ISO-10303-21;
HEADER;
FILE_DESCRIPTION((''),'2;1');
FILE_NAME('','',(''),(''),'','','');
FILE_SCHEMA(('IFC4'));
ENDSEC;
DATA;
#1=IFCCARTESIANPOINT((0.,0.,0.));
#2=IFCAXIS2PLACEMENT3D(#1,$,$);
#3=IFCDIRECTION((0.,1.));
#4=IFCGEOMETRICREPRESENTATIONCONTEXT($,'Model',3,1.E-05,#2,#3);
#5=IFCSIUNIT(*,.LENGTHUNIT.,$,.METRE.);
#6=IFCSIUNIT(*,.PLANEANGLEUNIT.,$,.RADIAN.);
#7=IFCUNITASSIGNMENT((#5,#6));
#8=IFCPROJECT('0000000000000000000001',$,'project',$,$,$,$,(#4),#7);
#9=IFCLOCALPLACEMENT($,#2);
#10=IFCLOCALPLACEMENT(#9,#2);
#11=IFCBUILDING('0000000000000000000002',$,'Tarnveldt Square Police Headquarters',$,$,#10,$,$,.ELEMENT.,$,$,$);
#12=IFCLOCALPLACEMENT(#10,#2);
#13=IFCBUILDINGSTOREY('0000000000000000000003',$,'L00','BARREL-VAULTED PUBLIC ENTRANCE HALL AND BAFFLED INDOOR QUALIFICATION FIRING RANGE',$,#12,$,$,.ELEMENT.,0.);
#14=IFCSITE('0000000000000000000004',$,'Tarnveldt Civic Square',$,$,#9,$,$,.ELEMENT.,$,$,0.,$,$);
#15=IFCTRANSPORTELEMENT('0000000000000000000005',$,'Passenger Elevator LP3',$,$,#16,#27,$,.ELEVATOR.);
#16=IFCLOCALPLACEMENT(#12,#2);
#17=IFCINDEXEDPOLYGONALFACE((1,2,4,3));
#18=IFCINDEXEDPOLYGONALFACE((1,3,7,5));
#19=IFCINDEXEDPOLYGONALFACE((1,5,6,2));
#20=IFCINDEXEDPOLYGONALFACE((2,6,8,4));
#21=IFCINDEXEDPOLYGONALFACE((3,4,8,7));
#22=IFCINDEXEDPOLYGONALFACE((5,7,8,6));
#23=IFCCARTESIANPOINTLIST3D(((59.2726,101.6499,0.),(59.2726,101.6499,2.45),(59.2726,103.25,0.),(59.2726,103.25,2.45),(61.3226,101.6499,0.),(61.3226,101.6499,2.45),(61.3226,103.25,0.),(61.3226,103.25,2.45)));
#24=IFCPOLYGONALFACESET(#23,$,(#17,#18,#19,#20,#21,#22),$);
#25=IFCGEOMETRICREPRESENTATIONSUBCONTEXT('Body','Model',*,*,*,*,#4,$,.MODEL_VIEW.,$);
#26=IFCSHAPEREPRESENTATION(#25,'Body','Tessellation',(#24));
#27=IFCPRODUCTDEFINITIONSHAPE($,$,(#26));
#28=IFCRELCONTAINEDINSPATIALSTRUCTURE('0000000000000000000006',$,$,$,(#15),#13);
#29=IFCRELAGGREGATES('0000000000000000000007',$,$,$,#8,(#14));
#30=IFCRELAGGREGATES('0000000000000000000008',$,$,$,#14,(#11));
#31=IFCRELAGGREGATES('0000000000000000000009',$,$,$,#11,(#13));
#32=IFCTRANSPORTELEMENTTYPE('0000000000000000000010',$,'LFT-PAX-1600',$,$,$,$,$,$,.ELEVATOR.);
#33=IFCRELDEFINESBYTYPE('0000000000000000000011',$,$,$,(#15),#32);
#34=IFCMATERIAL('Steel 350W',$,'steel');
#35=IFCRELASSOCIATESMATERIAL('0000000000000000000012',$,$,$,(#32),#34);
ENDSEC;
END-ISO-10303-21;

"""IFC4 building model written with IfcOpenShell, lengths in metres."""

from ifc_helpers import new_model, si_unit, direction, frame, origin, origin_2d, place, context, subcontext, project, spatial, rectangle, extrude, material, type_object, element, save


model = new_model("IFC4")

# Units and contexts
model_context = context("Model", 3, precision=1e-05, world=origin(), true_north=direction((0.0, 1.0)))
body_context = subcontext(model_context, "Body", "Model", "MODEL_VIEW")
ifc_project = project(units=[si_unit("LENGTHUNIT", "METRE"), si_unit("PLANEANGLEUNIT", "RADIAN")], contexts=[model_context])

# Site, building, storey
site_placement = place(None, origin())
site = spatial("IfcSite", under=ifc_project, at=site_placement, Name="Tarnveldt Civic Square", CompositionType="ELEMENT", RefElevation=0.0)
building_placement = place(site_placement, origin())
building = spatial("IfcBuilding", under=site, at=building_placement, Name="Tarnveldt Square Police Headquarters", CompositionType="ELEMENT")
storey_placement = place(building_placement, origin())
storey = spatial("IfcBuildingStorey", under=building, at=storey_placement, Name="L00", Description="BARREL-VAULTED PUBLIC ENTRANCE HALL AND BAFFLED INDOOR QUALIFICATION FIRING RANGE", CompositionType="ELEMENT", Elevation=0.0)

# Shared definitions
ifc_material_1 = material(Name="Steel 350W", Category="steel")

# Transport element
transport_element_type_1 = type_object("IfcTransportElementType", Name="LFT-PAX-1600", PredefinedType="ELEVATOR", material=ifc_material_1)
transport_element_1_placement = place(storey_placement, frame((60.2976, 102.45, 0.0), z_axis=(0.0, 0.0, 1.0), x_axis=(1.0, 0.0, 0.0)))
element("IfcTransportElement", 1, at=transport_element_1_placement, inside=storey, type_object=transport_element_type_1, Name="Passenger Elevator LP3", PredefinedType="ELEVATOR", context=body_context, shape_type="SweptSolid", body=[
    extrude(rectangle(XDim=2.05, YDim=1.6001, at=origin_2d()), origin(), (0.0, 0.0, 1.0), 2.45),
])

save(model, "model.ifc")
